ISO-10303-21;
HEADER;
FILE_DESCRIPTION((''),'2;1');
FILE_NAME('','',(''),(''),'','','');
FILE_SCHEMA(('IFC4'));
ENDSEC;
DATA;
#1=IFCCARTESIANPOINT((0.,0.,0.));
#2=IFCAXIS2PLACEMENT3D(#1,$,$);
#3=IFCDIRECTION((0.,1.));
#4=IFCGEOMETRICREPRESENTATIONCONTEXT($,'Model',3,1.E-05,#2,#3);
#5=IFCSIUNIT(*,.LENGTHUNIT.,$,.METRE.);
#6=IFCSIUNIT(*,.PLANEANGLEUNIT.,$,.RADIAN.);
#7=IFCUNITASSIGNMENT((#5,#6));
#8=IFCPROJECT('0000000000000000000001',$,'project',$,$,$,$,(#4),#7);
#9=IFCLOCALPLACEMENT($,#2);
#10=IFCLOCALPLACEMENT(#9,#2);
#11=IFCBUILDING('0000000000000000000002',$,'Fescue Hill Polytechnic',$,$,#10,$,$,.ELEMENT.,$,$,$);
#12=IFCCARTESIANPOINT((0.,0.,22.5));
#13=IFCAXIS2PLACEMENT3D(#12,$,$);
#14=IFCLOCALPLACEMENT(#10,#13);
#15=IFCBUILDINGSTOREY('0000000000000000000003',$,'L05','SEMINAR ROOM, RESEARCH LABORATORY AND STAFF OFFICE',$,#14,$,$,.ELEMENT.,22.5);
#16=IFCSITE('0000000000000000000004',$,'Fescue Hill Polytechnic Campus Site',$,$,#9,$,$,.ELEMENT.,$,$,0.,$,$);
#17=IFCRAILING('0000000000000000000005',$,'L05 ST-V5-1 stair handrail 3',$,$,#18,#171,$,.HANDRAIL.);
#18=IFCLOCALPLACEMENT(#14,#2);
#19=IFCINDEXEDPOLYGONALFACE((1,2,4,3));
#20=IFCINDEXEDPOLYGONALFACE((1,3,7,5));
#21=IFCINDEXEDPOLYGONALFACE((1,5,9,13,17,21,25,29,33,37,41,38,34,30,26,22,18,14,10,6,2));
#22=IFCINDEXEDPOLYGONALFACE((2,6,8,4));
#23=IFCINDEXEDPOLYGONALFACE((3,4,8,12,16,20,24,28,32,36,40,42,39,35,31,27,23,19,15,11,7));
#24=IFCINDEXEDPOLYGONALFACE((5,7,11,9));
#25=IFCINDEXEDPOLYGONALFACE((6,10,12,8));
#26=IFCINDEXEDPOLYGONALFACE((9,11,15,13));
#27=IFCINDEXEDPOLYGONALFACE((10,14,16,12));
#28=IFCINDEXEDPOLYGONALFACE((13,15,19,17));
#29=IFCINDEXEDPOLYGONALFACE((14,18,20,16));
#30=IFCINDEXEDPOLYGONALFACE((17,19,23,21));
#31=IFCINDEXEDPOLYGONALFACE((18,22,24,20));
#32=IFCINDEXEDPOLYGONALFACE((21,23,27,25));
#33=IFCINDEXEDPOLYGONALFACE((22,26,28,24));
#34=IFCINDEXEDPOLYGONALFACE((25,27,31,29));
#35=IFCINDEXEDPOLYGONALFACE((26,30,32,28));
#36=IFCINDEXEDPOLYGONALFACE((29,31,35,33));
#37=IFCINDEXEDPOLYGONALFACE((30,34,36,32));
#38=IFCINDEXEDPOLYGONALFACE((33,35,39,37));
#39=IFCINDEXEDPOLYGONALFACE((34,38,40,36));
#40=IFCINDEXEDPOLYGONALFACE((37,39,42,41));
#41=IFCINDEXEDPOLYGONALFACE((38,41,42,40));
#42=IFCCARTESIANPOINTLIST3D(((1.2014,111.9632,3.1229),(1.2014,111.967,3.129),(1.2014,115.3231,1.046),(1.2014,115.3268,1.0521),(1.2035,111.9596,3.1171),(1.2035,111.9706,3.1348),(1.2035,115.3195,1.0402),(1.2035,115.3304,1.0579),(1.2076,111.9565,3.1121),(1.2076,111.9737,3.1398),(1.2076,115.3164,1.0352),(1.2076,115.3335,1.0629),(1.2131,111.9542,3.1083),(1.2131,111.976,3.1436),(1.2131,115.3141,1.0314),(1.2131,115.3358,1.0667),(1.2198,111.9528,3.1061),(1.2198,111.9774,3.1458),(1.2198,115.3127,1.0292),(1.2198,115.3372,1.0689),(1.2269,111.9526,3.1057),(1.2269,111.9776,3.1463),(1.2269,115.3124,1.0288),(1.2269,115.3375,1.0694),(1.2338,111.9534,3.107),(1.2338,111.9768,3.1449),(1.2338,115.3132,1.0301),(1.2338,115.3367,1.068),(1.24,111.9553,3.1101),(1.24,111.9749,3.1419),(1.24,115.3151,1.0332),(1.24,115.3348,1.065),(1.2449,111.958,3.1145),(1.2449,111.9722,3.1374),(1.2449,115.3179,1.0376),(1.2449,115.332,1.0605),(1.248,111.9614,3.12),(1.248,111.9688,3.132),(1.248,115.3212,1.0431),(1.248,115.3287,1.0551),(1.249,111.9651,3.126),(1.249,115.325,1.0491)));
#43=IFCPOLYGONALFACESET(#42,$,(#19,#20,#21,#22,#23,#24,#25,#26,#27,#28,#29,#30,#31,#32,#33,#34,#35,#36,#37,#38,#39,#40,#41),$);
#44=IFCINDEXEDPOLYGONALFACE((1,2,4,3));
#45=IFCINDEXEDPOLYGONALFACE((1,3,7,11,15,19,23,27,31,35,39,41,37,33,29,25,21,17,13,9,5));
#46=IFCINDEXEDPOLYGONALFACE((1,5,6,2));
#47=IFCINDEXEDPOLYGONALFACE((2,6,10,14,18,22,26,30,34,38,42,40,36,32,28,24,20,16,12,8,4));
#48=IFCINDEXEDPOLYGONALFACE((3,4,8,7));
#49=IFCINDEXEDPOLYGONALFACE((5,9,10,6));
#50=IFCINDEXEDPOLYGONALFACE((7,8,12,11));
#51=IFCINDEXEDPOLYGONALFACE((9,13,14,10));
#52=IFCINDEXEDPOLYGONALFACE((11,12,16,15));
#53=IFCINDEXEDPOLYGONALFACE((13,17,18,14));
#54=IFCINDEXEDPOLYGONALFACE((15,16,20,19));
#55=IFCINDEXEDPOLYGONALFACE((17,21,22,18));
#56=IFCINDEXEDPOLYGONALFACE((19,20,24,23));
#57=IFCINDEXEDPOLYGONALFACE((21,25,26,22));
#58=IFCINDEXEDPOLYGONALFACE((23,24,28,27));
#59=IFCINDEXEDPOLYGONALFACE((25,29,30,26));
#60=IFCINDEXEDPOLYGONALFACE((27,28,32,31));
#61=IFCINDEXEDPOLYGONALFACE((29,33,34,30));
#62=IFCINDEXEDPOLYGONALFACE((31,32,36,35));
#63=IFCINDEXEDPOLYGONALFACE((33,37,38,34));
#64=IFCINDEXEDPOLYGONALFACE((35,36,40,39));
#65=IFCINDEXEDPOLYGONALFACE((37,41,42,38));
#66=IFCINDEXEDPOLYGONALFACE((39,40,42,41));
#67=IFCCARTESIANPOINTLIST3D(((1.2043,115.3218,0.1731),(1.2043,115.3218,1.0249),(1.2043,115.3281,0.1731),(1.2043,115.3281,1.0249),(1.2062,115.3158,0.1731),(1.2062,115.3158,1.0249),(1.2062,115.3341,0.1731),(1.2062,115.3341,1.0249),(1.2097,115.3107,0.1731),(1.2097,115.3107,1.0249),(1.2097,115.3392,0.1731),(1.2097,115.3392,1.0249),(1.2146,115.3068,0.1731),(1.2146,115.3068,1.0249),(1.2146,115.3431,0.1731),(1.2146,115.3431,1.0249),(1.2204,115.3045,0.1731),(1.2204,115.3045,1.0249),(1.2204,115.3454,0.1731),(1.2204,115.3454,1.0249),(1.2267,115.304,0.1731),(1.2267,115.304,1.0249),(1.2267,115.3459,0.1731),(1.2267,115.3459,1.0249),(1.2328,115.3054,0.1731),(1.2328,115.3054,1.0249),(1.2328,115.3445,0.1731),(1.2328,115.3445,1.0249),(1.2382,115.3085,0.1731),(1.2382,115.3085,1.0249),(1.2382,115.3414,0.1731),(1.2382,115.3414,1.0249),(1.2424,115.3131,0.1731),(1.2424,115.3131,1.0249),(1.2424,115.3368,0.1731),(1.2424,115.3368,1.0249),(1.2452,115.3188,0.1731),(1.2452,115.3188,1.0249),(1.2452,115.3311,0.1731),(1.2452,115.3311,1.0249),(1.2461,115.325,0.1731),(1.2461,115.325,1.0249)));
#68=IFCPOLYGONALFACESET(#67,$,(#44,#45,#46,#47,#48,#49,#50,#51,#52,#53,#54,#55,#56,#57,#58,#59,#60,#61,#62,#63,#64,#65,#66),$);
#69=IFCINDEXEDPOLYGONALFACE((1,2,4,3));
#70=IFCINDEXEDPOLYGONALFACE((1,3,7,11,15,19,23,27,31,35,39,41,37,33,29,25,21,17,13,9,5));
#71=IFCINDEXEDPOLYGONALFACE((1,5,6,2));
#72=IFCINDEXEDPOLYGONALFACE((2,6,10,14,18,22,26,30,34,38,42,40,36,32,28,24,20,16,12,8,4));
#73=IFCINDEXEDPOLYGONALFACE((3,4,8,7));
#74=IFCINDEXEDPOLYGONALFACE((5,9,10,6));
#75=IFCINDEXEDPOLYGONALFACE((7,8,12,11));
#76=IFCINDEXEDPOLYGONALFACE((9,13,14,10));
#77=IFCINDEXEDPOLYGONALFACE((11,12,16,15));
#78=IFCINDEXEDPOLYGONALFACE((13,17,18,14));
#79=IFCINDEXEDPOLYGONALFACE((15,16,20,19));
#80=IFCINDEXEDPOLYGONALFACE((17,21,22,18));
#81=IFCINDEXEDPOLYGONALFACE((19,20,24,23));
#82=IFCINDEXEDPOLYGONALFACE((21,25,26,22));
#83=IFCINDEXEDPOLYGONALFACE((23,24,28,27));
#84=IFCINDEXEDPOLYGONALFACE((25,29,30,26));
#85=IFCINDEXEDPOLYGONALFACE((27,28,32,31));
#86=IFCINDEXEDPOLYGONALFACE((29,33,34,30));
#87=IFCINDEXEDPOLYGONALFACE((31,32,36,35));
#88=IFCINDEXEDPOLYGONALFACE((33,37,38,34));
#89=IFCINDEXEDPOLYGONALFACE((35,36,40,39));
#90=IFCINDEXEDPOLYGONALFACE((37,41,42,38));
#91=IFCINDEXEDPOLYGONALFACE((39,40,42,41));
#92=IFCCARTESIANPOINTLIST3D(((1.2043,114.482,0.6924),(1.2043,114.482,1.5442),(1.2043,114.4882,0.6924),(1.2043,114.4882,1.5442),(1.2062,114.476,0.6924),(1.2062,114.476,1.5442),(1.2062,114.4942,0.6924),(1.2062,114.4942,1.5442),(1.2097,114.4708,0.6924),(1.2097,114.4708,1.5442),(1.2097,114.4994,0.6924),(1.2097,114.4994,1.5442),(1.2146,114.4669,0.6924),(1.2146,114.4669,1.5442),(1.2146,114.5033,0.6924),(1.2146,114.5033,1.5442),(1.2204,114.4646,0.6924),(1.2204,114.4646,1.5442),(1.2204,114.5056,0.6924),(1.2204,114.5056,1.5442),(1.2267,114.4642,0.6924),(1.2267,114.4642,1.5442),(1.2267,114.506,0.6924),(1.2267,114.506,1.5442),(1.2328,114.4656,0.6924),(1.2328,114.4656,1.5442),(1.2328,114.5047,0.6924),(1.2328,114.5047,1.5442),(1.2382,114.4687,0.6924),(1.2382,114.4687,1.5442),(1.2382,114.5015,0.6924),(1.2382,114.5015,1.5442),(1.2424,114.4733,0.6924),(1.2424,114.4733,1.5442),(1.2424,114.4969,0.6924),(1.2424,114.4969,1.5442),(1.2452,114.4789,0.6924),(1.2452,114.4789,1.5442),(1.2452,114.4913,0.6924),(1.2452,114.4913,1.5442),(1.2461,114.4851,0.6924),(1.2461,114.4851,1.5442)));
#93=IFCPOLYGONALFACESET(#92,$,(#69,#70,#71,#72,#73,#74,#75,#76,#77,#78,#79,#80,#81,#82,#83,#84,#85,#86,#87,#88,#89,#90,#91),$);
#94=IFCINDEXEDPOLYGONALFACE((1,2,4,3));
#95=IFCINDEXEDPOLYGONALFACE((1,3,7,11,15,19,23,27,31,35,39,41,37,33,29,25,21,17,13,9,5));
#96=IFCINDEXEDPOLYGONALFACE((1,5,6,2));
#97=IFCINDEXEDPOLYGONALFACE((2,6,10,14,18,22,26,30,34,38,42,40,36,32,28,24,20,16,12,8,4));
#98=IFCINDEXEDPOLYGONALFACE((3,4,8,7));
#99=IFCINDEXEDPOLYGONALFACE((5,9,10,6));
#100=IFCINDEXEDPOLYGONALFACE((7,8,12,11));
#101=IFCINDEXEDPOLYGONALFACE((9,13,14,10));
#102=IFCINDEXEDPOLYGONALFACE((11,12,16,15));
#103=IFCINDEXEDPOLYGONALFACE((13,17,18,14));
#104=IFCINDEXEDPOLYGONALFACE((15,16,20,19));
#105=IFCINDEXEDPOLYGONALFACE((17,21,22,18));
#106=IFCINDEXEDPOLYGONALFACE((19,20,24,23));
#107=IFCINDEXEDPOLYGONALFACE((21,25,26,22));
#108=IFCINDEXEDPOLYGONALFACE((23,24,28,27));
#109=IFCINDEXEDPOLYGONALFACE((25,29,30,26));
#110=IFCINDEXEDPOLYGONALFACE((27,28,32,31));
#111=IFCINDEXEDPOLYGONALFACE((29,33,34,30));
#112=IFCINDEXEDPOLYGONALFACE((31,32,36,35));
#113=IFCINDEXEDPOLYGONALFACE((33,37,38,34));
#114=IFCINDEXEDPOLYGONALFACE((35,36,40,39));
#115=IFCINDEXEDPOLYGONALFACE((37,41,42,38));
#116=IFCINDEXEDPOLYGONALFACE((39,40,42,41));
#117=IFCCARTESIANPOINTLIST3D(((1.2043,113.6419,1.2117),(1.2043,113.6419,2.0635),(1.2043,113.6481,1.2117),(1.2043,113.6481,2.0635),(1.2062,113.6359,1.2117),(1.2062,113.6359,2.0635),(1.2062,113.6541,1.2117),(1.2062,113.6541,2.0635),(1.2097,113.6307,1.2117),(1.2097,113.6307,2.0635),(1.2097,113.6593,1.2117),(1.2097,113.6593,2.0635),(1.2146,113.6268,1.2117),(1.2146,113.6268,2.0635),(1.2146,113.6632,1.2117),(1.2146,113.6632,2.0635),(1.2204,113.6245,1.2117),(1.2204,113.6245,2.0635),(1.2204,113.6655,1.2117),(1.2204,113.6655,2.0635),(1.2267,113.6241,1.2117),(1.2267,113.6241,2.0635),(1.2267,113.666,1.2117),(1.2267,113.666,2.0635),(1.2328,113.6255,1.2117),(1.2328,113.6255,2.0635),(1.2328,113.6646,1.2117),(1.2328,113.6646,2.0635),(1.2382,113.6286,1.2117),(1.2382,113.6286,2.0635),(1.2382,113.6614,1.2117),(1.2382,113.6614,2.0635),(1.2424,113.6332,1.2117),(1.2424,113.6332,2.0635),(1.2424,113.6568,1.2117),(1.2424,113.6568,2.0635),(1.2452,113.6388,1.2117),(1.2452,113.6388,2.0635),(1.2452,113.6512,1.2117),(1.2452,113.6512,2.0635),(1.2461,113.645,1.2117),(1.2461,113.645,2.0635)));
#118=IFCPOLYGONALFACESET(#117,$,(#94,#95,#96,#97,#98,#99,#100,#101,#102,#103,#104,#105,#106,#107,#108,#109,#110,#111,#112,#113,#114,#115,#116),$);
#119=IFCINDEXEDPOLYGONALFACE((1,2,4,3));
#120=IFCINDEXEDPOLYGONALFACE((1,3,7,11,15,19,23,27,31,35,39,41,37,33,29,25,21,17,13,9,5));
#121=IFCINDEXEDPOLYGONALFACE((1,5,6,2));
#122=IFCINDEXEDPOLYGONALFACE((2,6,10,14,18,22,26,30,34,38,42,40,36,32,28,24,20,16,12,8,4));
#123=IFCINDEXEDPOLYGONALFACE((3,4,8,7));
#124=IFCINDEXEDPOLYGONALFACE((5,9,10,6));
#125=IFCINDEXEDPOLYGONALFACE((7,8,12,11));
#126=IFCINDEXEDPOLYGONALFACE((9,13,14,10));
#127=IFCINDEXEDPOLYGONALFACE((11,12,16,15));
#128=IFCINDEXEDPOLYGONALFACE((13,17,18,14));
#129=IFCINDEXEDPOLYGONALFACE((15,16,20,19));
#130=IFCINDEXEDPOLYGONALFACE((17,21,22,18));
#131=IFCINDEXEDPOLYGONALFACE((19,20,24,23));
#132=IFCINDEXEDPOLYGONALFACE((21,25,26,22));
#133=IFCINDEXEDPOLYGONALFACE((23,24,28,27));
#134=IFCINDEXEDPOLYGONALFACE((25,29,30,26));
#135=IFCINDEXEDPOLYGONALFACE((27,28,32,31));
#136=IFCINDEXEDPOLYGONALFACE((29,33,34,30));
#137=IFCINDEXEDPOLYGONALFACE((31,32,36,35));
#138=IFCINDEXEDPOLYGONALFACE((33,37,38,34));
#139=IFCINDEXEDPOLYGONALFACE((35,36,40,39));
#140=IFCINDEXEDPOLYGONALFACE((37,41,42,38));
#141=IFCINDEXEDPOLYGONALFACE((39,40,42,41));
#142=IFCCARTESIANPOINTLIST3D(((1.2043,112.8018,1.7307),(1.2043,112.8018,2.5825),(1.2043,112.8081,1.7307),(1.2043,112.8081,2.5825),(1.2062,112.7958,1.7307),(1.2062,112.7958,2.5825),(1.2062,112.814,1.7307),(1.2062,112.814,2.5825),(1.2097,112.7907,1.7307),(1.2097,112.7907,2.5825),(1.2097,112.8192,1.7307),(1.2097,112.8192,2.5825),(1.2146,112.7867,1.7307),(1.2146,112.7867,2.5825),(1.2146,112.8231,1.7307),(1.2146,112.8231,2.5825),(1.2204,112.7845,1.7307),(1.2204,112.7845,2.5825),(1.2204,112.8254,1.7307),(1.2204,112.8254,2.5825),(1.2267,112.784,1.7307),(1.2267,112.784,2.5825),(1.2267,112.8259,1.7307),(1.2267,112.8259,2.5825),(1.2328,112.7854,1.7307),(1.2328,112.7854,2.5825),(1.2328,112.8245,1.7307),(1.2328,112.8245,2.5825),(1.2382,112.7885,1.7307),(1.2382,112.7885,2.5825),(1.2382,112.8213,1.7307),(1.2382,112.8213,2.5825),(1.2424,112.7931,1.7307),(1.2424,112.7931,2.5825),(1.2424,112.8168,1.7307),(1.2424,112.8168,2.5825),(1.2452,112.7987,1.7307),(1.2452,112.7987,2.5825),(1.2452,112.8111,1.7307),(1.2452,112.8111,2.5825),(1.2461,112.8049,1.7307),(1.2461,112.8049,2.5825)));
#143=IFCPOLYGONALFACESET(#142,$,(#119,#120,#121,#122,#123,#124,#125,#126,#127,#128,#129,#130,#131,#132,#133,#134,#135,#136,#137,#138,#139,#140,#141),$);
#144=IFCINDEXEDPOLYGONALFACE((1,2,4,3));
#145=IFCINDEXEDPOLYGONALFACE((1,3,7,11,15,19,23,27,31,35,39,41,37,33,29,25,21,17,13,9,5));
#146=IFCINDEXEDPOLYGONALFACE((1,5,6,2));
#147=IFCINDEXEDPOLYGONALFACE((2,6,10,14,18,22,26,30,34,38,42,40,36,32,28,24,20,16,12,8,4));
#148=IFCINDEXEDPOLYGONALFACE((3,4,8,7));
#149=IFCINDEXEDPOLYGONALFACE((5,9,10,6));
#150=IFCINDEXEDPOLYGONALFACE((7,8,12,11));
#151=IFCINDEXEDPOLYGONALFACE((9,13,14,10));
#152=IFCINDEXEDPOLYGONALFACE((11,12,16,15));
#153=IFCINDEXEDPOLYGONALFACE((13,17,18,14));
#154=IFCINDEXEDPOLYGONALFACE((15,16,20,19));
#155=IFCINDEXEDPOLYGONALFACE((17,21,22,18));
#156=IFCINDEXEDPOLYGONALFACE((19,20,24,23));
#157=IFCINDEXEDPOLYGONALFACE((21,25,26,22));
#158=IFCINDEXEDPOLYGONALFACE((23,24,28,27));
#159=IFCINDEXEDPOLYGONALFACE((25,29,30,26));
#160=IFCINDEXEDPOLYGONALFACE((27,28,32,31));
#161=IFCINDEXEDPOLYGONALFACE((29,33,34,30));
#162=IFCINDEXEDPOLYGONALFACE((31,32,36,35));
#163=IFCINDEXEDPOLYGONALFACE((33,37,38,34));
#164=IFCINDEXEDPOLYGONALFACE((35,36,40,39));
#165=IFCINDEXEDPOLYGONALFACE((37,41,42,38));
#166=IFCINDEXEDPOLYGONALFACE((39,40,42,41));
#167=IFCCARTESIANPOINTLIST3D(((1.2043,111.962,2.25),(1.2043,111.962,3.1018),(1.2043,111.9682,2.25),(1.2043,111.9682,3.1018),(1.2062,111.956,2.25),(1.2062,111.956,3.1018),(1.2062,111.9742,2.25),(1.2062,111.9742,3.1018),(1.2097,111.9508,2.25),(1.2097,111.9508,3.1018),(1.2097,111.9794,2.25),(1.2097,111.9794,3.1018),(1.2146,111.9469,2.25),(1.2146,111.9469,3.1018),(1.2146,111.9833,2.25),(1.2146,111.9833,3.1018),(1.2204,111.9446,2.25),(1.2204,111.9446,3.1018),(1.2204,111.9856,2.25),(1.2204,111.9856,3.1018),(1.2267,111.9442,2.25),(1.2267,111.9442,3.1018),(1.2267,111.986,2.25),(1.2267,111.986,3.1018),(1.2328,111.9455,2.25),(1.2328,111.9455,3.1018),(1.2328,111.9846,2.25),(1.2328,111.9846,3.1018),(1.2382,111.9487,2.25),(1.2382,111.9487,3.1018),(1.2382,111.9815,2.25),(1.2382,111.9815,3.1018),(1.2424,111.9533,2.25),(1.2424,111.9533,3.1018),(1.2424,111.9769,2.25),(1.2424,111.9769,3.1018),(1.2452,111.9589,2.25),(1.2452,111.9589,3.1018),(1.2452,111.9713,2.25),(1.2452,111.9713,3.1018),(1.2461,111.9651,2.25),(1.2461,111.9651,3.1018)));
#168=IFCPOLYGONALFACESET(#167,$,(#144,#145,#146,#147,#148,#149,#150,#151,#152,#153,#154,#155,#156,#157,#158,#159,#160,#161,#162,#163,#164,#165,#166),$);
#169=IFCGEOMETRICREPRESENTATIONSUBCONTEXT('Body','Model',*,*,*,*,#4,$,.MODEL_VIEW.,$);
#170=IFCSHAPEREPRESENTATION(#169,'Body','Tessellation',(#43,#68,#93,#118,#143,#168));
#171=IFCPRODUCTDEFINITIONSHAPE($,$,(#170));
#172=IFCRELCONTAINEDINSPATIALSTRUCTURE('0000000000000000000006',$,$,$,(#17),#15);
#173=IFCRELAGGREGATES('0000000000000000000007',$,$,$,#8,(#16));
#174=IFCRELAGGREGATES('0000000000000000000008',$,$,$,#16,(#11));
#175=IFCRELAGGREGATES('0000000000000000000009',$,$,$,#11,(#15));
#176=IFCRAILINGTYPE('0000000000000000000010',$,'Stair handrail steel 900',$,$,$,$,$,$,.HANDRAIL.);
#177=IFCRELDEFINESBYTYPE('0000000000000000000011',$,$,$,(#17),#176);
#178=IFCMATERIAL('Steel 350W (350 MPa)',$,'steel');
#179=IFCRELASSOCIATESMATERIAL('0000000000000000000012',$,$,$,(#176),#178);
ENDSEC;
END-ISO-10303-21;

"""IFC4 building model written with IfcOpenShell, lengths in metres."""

from ifc_helpers import new_model, si_unit, direction, frame, origin, origin_2d, place, context, subcontext, project, spatial, circle, extrude, material, type_object, element, save


model = new_model("IFC4")

# Units and contexts
model_context = context("Model", 3, precision=1e-05, world=origin(), true_north=direction((0.0, 1.0)))
body_context = subcontext(model_context, "Body", "Model", "MODEL_VIEW")
ifc_project = project(units=[si_unit("LENGTHUNIT", "METRE"), si_unit("PLANEANGLEUNIT", "RADIAN")], contexts=[model_context])

# Site, building, storey
site_placement = place(None, origin())
site = spatial("IfcSite", under=ifc_project, at=site_placement, Name="Fescue Hill Polytechnic Campus Site", CompositionType="ELEMENT", RefElevation=0.0)
building_placement = place(site_placement, origin())
building = spatial("IfcBuilding", under=site, at=building_placement, Name="Fescue Hill Polytechnic", CompositionType="ELEMENT")
storey_placement = place(building_placement, frame((0.0, 0.0, 22.5)))
storey = spatial("IfcBuildingStorey", under=building, at=storey_placement, Name="L05", Description="SEMINAR ROOM, RESEARCH LABORATORY AND STAFF OFFICE", CompositionType="ELEMENT", Elevation=22.5)

# Railing
ifc_material_1 = material(Name="Steel 350W (350 MPa)", Category="steel")
railing_type_1 = type_object("IfcRailingType", Name="Stair handrail steel 900", PredefinedType="HANDRAIL", material=ifc_material_1)
for number, where, name in (
    (1, (1.2251, 115.325, 0.1731), "L05 ST-V5-1 stair handrail 3"),
):
    element("IfcRailing", number, at=place(storey_placement, frame(where)), inside=storey, type_object=railing_type_1, Name=name, PredefinedType="HANDRAIL", context=body_context, shape_type="SweptSolid", body=[
        extrude(circle(Radius=0.0239, at=origin_2d()), frame((0.0, 0.0, 0.876), z_axis=(0.0, -0.850606, 0.525803), x_axis=(1.0, 0.0, 0.0)), (0.0, 0.0, 1.0), 3.95),
        extrude(circle(Radius=0.021, at=origin_2d()), origin(), (0.0, 0.0, 1.0), 0.8518),
        extrude(circle(Radius=0.021, at=origin_2d()), frame((0.0, -0.8398, 0.5193)), (0.0, 0.0, 1.0), 0.8518),
        extrude(circle(Radius=0.021, at=origin_2d()), frame((0.0, -1.6799, 1.0386)), (0.0, 0.0, 1.0), 0.8518),
        extrude(circle(Radius=0.021, at=origin_2d()), frame((0.0, -2.52, 1.5576)), (0.0, 0.0, 1.0), 0.8518),
        extrude(circle(Radius=0.021, at=origin_2d()), frame((0.0, -3.3599, 2.0769)), (0.0, 0.0, 1.0), 0.8518),
    ])

save(model, "model.ifc")
